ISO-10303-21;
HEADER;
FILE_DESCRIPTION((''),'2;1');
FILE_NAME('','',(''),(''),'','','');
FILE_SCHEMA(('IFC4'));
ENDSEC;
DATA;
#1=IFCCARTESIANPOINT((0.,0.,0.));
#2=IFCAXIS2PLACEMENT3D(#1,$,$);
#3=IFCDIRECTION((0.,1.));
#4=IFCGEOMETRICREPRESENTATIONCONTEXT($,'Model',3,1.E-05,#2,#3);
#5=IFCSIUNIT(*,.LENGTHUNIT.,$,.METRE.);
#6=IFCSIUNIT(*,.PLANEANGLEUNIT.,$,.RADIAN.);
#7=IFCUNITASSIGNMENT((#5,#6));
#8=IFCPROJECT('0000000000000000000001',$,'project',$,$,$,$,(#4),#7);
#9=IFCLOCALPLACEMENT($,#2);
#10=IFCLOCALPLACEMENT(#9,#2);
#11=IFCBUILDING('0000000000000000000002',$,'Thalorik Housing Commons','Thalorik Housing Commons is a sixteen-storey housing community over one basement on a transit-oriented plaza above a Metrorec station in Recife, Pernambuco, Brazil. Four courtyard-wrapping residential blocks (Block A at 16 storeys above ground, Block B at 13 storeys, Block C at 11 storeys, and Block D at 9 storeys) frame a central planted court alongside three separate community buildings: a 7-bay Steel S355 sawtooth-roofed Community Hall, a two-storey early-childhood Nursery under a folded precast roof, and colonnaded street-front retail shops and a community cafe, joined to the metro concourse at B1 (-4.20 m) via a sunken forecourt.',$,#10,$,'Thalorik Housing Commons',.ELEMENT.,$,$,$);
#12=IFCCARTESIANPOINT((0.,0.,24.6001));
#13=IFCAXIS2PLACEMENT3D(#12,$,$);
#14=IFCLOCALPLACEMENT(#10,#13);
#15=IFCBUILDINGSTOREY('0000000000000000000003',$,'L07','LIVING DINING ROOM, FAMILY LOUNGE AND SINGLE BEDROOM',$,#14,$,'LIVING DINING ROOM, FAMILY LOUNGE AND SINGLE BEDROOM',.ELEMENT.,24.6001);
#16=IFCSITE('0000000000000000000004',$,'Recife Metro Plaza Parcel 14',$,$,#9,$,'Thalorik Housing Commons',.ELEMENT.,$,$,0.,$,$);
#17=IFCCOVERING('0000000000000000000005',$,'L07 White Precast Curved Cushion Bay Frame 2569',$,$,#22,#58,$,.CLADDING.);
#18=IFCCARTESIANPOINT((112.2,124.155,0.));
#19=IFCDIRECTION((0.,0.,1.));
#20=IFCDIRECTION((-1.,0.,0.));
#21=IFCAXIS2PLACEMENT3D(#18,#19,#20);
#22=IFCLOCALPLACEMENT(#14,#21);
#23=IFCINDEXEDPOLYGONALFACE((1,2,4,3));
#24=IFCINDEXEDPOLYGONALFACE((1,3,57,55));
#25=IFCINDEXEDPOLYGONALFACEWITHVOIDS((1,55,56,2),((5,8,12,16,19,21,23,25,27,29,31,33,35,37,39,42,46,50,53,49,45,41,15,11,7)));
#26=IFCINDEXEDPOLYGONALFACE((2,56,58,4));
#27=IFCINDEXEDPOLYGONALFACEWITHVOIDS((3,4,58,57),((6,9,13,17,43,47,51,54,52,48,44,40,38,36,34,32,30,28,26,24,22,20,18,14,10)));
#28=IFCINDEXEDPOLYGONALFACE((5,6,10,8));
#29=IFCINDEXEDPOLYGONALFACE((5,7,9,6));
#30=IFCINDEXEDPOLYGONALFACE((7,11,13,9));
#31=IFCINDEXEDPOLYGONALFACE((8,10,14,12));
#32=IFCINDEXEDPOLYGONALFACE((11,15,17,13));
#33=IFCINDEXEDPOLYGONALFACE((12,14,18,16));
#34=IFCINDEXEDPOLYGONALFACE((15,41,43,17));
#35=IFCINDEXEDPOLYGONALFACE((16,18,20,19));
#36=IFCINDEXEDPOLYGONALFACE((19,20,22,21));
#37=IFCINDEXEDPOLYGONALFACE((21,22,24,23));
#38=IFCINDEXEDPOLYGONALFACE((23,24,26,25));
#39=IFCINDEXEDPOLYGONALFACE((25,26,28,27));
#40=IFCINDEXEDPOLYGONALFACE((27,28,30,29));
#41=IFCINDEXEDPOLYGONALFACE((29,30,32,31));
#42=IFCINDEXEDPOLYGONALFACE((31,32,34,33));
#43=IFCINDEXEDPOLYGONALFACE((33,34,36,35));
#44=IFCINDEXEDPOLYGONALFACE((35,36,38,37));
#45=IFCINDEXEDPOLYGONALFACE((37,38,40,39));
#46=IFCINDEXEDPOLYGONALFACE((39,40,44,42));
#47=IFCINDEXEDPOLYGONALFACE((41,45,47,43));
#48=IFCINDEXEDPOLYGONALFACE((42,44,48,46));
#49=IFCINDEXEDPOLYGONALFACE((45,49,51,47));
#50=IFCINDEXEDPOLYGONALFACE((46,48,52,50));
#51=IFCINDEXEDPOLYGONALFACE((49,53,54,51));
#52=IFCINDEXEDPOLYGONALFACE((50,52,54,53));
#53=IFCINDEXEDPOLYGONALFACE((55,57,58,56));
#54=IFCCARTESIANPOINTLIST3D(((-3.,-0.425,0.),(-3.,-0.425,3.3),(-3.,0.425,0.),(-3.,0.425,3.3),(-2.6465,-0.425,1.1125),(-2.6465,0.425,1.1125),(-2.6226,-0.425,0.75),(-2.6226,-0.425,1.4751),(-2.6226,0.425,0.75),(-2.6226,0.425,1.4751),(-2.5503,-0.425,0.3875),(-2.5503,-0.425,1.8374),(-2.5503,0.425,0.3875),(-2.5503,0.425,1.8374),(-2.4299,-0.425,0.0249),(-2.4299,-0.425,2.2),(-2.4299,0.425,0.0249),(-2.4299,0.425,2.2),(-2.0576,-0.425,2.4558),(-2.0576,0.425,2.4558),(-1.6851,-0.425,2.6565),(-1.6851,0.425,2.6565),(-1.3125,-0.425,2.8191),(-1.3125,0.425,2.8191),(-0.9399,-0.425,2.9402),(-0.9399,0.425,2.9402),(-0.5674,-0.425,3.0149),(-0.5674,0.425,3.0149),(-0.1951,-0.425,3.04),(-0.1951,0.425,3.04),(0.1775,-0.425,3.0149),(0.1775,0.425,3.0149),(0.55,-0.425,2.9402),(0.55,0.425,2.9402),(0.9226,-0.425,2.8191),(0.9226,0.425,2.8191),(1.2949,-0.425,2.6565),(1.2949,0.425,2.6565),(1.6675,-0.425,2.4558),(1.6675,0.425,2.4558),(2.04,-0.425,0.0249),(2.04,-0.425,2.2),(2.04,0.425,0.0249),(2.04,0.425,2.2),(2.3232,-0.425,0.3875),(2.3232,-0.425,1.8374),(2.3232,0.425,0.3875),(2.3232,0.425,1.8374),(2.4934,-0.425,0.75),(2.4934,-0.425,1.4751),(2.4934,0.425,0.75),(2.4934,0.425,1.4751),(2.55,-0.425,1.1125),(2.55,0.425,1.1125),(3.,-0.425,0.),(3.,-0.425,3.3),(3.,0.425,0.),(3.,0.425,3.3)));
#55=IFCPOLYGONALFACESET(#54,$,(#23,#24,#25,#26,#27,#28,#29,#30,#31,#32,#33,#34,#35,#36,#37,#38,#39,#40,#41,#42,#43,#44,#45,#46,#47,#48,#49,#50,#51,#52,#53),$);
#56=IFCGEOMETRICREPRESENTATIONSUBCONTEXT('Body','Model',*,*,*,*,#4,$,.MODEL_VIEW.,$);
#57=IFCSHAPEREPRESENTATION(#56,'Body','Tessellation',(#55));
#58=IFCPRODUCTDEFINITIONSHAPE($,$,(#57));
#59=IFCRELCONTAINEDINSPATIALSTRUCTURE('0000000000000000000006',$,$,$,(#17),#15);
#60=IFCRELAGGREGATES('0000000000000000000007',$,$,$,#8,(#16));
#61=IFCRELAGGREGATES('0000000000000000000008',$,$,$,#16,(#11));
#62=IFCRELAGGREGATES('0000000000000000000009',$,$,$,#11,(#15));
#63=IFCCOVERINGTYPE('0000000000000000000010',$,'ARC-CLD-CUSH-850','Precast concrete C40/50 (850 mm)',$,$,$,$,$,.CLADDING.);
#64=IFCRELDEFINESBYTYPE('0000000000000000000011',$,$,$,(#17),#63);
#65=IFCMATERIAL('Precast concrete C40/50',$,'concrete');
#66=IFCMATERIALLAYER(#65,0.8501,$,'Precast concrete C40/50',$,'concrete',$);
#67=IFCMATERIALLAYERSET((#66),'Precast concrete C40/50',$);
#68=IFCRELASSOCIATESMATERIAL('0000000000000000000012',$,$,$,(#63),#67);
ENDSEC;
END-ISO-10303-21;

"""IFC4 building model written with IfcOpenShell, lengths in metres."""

from ifc_helpers import new_model, si_unit, direction, frame, origin, place, context, subcontext, project, spatial, polyline, outline, extrude, material, layer, layer_set, type_object, element, save


model = new_model("IFC4")

# Units and contexts
model_context = context("Model", 3, precision=1e-05, world=origin(), true_north=direction((0.0, 1.0)))
body_context = subcontext(model_context, "Body", "Model", "MODEL_VIEW")
ifc_project = project(units=[si_unit("LENGTHUNIT", "METRE"), si_unit("PLANEANGLEUNIT", "RADIAN")], contexts=[model_context])

# Site, building, storey
site_placement = place(None, origin())
site = spatial("IfcSite", under=ifc_project, at=site_placement, Name="Recife Metro Plaza Parcel 14", LongName="Thalorik Housing Commons", CompositionType="ELEMENT", RefElevation=0.0)
building_placement = place(site_placement, origin())
building = spatial("IfcBuilding", under=site, at=building_placement, Name="Thalorik Housing Commons", Description="Thalorik Housing Commons is a sixteen-storey housing community over one basement on a transit-oriented plaza above a Metrorec station in Recife, Pernambuco, Brazil. Four courtyard-wrapping residential blocks (Block A at 16 storeys above ground, Block B at 13 storeys, Block C at 11 storeys, and Block D at 9 storeys) frame a central planted court alongside three separate community buildings: a 7-bay Steel S355 sawtooth-roofed Community Hall, a two-storey early-childhood Nursery under a folded precast roof, and colonnaded street-front retail shops and a community cafe, joined to the metro concourse at B1 (-4.20 m) via a sunken forecourt.", LongName="Thalorik Housing Commons", CompositionType="ELEMENT")
storey_placement = place(building_placement, frame((0.0, 0.0, 24.6001)))
storey = spatial("IfcBuildingStorey", under=building, at=storey_placement, Name="L07", Description="LIVING DINING ROOM, FAMILY LOUNGE AND SINGLE BEDROOM", LongName="LIVING DINING ROOM, FAMILY LOUNGE AND SINGLE BEDROOM", CompositionType="ELEMENT", Elevation=24.6001)

# Shared definitions
ifc_material_1 = material(Name="Precast concrete C40/50", Category="concrete")

# Covering
ifc_layer_1 = layer(ifc_material_1, 0.8501, Name="Precast concrete C40/50", Category="concrete")
ifc_layer_set_1 = layer_set([ifc_layer_1], Name="Precast concrete C40/50")
covering_type_1 = type_object("IfcCoveringType", Name="ARC-CLD-CUSH-850", Description="Precast concrete C40/50 (850 mm)", PredefinedType="CLADDING", material=ifc_layer_set_1)
covering_1_placement = place(storey_placement, frame((112.2, 124.155, 0.0), z_axis=(0.0, 0.0, 1.0), x_axis=(-1.0, 0.0, 0.0)))
element("IfcCovering", 1, at=covering_1_placement, inside=storey, type_object=covering_type_1, Name="L07 White Precast Curved Cushion Bay Frame 2569", PredefinedType="CLADDING", context=body_context, shape_type="SweptSolid", body=[
    extrude(outline(polyline([(-3.0, 0.0), (3.0, 0.0), (3.0, 3.3), (-3.0, 3.3), (-3.0, 0.0)]), holes=[polyline([(2.04, 0.0249), (2.3232, 0.3875), (2.4934, 0.75), (2.55, 1.1125), (2.4934, 1.4751), (2.3232, 1.8374), (2.04, 2.2), (1.6675, 2.4558), (1.2949, 2.6565), (0.9226, 2.8191), (0.55, 2.9402), (0.1775, 3.0149), (-0.1951, 3.04), (-0.5674, 3.0149), (-0.9399, 2.9402), (-1.3125, 2.8191), (-1.6851, 2.6565), (-2.0576, 2.4558), (-2.4299, 2.2), (-2.5503, 1.8374), (-2.6226, 1.4751), (-2.6465, 1.1125), (-2.6226, 0.75), (-2.5503, 0.3875), (-2.4299, 0.0249), (2.04, 0.0249)])]), frame((0.0, 0.425, 0.0), z_axis=(0.0, -1.0, 0.0), x_axis=(1.0, 0.0, 0.0)), (0.0, 0.0, 1.0), 0.8501),
])

save(model, "model.ifc")
